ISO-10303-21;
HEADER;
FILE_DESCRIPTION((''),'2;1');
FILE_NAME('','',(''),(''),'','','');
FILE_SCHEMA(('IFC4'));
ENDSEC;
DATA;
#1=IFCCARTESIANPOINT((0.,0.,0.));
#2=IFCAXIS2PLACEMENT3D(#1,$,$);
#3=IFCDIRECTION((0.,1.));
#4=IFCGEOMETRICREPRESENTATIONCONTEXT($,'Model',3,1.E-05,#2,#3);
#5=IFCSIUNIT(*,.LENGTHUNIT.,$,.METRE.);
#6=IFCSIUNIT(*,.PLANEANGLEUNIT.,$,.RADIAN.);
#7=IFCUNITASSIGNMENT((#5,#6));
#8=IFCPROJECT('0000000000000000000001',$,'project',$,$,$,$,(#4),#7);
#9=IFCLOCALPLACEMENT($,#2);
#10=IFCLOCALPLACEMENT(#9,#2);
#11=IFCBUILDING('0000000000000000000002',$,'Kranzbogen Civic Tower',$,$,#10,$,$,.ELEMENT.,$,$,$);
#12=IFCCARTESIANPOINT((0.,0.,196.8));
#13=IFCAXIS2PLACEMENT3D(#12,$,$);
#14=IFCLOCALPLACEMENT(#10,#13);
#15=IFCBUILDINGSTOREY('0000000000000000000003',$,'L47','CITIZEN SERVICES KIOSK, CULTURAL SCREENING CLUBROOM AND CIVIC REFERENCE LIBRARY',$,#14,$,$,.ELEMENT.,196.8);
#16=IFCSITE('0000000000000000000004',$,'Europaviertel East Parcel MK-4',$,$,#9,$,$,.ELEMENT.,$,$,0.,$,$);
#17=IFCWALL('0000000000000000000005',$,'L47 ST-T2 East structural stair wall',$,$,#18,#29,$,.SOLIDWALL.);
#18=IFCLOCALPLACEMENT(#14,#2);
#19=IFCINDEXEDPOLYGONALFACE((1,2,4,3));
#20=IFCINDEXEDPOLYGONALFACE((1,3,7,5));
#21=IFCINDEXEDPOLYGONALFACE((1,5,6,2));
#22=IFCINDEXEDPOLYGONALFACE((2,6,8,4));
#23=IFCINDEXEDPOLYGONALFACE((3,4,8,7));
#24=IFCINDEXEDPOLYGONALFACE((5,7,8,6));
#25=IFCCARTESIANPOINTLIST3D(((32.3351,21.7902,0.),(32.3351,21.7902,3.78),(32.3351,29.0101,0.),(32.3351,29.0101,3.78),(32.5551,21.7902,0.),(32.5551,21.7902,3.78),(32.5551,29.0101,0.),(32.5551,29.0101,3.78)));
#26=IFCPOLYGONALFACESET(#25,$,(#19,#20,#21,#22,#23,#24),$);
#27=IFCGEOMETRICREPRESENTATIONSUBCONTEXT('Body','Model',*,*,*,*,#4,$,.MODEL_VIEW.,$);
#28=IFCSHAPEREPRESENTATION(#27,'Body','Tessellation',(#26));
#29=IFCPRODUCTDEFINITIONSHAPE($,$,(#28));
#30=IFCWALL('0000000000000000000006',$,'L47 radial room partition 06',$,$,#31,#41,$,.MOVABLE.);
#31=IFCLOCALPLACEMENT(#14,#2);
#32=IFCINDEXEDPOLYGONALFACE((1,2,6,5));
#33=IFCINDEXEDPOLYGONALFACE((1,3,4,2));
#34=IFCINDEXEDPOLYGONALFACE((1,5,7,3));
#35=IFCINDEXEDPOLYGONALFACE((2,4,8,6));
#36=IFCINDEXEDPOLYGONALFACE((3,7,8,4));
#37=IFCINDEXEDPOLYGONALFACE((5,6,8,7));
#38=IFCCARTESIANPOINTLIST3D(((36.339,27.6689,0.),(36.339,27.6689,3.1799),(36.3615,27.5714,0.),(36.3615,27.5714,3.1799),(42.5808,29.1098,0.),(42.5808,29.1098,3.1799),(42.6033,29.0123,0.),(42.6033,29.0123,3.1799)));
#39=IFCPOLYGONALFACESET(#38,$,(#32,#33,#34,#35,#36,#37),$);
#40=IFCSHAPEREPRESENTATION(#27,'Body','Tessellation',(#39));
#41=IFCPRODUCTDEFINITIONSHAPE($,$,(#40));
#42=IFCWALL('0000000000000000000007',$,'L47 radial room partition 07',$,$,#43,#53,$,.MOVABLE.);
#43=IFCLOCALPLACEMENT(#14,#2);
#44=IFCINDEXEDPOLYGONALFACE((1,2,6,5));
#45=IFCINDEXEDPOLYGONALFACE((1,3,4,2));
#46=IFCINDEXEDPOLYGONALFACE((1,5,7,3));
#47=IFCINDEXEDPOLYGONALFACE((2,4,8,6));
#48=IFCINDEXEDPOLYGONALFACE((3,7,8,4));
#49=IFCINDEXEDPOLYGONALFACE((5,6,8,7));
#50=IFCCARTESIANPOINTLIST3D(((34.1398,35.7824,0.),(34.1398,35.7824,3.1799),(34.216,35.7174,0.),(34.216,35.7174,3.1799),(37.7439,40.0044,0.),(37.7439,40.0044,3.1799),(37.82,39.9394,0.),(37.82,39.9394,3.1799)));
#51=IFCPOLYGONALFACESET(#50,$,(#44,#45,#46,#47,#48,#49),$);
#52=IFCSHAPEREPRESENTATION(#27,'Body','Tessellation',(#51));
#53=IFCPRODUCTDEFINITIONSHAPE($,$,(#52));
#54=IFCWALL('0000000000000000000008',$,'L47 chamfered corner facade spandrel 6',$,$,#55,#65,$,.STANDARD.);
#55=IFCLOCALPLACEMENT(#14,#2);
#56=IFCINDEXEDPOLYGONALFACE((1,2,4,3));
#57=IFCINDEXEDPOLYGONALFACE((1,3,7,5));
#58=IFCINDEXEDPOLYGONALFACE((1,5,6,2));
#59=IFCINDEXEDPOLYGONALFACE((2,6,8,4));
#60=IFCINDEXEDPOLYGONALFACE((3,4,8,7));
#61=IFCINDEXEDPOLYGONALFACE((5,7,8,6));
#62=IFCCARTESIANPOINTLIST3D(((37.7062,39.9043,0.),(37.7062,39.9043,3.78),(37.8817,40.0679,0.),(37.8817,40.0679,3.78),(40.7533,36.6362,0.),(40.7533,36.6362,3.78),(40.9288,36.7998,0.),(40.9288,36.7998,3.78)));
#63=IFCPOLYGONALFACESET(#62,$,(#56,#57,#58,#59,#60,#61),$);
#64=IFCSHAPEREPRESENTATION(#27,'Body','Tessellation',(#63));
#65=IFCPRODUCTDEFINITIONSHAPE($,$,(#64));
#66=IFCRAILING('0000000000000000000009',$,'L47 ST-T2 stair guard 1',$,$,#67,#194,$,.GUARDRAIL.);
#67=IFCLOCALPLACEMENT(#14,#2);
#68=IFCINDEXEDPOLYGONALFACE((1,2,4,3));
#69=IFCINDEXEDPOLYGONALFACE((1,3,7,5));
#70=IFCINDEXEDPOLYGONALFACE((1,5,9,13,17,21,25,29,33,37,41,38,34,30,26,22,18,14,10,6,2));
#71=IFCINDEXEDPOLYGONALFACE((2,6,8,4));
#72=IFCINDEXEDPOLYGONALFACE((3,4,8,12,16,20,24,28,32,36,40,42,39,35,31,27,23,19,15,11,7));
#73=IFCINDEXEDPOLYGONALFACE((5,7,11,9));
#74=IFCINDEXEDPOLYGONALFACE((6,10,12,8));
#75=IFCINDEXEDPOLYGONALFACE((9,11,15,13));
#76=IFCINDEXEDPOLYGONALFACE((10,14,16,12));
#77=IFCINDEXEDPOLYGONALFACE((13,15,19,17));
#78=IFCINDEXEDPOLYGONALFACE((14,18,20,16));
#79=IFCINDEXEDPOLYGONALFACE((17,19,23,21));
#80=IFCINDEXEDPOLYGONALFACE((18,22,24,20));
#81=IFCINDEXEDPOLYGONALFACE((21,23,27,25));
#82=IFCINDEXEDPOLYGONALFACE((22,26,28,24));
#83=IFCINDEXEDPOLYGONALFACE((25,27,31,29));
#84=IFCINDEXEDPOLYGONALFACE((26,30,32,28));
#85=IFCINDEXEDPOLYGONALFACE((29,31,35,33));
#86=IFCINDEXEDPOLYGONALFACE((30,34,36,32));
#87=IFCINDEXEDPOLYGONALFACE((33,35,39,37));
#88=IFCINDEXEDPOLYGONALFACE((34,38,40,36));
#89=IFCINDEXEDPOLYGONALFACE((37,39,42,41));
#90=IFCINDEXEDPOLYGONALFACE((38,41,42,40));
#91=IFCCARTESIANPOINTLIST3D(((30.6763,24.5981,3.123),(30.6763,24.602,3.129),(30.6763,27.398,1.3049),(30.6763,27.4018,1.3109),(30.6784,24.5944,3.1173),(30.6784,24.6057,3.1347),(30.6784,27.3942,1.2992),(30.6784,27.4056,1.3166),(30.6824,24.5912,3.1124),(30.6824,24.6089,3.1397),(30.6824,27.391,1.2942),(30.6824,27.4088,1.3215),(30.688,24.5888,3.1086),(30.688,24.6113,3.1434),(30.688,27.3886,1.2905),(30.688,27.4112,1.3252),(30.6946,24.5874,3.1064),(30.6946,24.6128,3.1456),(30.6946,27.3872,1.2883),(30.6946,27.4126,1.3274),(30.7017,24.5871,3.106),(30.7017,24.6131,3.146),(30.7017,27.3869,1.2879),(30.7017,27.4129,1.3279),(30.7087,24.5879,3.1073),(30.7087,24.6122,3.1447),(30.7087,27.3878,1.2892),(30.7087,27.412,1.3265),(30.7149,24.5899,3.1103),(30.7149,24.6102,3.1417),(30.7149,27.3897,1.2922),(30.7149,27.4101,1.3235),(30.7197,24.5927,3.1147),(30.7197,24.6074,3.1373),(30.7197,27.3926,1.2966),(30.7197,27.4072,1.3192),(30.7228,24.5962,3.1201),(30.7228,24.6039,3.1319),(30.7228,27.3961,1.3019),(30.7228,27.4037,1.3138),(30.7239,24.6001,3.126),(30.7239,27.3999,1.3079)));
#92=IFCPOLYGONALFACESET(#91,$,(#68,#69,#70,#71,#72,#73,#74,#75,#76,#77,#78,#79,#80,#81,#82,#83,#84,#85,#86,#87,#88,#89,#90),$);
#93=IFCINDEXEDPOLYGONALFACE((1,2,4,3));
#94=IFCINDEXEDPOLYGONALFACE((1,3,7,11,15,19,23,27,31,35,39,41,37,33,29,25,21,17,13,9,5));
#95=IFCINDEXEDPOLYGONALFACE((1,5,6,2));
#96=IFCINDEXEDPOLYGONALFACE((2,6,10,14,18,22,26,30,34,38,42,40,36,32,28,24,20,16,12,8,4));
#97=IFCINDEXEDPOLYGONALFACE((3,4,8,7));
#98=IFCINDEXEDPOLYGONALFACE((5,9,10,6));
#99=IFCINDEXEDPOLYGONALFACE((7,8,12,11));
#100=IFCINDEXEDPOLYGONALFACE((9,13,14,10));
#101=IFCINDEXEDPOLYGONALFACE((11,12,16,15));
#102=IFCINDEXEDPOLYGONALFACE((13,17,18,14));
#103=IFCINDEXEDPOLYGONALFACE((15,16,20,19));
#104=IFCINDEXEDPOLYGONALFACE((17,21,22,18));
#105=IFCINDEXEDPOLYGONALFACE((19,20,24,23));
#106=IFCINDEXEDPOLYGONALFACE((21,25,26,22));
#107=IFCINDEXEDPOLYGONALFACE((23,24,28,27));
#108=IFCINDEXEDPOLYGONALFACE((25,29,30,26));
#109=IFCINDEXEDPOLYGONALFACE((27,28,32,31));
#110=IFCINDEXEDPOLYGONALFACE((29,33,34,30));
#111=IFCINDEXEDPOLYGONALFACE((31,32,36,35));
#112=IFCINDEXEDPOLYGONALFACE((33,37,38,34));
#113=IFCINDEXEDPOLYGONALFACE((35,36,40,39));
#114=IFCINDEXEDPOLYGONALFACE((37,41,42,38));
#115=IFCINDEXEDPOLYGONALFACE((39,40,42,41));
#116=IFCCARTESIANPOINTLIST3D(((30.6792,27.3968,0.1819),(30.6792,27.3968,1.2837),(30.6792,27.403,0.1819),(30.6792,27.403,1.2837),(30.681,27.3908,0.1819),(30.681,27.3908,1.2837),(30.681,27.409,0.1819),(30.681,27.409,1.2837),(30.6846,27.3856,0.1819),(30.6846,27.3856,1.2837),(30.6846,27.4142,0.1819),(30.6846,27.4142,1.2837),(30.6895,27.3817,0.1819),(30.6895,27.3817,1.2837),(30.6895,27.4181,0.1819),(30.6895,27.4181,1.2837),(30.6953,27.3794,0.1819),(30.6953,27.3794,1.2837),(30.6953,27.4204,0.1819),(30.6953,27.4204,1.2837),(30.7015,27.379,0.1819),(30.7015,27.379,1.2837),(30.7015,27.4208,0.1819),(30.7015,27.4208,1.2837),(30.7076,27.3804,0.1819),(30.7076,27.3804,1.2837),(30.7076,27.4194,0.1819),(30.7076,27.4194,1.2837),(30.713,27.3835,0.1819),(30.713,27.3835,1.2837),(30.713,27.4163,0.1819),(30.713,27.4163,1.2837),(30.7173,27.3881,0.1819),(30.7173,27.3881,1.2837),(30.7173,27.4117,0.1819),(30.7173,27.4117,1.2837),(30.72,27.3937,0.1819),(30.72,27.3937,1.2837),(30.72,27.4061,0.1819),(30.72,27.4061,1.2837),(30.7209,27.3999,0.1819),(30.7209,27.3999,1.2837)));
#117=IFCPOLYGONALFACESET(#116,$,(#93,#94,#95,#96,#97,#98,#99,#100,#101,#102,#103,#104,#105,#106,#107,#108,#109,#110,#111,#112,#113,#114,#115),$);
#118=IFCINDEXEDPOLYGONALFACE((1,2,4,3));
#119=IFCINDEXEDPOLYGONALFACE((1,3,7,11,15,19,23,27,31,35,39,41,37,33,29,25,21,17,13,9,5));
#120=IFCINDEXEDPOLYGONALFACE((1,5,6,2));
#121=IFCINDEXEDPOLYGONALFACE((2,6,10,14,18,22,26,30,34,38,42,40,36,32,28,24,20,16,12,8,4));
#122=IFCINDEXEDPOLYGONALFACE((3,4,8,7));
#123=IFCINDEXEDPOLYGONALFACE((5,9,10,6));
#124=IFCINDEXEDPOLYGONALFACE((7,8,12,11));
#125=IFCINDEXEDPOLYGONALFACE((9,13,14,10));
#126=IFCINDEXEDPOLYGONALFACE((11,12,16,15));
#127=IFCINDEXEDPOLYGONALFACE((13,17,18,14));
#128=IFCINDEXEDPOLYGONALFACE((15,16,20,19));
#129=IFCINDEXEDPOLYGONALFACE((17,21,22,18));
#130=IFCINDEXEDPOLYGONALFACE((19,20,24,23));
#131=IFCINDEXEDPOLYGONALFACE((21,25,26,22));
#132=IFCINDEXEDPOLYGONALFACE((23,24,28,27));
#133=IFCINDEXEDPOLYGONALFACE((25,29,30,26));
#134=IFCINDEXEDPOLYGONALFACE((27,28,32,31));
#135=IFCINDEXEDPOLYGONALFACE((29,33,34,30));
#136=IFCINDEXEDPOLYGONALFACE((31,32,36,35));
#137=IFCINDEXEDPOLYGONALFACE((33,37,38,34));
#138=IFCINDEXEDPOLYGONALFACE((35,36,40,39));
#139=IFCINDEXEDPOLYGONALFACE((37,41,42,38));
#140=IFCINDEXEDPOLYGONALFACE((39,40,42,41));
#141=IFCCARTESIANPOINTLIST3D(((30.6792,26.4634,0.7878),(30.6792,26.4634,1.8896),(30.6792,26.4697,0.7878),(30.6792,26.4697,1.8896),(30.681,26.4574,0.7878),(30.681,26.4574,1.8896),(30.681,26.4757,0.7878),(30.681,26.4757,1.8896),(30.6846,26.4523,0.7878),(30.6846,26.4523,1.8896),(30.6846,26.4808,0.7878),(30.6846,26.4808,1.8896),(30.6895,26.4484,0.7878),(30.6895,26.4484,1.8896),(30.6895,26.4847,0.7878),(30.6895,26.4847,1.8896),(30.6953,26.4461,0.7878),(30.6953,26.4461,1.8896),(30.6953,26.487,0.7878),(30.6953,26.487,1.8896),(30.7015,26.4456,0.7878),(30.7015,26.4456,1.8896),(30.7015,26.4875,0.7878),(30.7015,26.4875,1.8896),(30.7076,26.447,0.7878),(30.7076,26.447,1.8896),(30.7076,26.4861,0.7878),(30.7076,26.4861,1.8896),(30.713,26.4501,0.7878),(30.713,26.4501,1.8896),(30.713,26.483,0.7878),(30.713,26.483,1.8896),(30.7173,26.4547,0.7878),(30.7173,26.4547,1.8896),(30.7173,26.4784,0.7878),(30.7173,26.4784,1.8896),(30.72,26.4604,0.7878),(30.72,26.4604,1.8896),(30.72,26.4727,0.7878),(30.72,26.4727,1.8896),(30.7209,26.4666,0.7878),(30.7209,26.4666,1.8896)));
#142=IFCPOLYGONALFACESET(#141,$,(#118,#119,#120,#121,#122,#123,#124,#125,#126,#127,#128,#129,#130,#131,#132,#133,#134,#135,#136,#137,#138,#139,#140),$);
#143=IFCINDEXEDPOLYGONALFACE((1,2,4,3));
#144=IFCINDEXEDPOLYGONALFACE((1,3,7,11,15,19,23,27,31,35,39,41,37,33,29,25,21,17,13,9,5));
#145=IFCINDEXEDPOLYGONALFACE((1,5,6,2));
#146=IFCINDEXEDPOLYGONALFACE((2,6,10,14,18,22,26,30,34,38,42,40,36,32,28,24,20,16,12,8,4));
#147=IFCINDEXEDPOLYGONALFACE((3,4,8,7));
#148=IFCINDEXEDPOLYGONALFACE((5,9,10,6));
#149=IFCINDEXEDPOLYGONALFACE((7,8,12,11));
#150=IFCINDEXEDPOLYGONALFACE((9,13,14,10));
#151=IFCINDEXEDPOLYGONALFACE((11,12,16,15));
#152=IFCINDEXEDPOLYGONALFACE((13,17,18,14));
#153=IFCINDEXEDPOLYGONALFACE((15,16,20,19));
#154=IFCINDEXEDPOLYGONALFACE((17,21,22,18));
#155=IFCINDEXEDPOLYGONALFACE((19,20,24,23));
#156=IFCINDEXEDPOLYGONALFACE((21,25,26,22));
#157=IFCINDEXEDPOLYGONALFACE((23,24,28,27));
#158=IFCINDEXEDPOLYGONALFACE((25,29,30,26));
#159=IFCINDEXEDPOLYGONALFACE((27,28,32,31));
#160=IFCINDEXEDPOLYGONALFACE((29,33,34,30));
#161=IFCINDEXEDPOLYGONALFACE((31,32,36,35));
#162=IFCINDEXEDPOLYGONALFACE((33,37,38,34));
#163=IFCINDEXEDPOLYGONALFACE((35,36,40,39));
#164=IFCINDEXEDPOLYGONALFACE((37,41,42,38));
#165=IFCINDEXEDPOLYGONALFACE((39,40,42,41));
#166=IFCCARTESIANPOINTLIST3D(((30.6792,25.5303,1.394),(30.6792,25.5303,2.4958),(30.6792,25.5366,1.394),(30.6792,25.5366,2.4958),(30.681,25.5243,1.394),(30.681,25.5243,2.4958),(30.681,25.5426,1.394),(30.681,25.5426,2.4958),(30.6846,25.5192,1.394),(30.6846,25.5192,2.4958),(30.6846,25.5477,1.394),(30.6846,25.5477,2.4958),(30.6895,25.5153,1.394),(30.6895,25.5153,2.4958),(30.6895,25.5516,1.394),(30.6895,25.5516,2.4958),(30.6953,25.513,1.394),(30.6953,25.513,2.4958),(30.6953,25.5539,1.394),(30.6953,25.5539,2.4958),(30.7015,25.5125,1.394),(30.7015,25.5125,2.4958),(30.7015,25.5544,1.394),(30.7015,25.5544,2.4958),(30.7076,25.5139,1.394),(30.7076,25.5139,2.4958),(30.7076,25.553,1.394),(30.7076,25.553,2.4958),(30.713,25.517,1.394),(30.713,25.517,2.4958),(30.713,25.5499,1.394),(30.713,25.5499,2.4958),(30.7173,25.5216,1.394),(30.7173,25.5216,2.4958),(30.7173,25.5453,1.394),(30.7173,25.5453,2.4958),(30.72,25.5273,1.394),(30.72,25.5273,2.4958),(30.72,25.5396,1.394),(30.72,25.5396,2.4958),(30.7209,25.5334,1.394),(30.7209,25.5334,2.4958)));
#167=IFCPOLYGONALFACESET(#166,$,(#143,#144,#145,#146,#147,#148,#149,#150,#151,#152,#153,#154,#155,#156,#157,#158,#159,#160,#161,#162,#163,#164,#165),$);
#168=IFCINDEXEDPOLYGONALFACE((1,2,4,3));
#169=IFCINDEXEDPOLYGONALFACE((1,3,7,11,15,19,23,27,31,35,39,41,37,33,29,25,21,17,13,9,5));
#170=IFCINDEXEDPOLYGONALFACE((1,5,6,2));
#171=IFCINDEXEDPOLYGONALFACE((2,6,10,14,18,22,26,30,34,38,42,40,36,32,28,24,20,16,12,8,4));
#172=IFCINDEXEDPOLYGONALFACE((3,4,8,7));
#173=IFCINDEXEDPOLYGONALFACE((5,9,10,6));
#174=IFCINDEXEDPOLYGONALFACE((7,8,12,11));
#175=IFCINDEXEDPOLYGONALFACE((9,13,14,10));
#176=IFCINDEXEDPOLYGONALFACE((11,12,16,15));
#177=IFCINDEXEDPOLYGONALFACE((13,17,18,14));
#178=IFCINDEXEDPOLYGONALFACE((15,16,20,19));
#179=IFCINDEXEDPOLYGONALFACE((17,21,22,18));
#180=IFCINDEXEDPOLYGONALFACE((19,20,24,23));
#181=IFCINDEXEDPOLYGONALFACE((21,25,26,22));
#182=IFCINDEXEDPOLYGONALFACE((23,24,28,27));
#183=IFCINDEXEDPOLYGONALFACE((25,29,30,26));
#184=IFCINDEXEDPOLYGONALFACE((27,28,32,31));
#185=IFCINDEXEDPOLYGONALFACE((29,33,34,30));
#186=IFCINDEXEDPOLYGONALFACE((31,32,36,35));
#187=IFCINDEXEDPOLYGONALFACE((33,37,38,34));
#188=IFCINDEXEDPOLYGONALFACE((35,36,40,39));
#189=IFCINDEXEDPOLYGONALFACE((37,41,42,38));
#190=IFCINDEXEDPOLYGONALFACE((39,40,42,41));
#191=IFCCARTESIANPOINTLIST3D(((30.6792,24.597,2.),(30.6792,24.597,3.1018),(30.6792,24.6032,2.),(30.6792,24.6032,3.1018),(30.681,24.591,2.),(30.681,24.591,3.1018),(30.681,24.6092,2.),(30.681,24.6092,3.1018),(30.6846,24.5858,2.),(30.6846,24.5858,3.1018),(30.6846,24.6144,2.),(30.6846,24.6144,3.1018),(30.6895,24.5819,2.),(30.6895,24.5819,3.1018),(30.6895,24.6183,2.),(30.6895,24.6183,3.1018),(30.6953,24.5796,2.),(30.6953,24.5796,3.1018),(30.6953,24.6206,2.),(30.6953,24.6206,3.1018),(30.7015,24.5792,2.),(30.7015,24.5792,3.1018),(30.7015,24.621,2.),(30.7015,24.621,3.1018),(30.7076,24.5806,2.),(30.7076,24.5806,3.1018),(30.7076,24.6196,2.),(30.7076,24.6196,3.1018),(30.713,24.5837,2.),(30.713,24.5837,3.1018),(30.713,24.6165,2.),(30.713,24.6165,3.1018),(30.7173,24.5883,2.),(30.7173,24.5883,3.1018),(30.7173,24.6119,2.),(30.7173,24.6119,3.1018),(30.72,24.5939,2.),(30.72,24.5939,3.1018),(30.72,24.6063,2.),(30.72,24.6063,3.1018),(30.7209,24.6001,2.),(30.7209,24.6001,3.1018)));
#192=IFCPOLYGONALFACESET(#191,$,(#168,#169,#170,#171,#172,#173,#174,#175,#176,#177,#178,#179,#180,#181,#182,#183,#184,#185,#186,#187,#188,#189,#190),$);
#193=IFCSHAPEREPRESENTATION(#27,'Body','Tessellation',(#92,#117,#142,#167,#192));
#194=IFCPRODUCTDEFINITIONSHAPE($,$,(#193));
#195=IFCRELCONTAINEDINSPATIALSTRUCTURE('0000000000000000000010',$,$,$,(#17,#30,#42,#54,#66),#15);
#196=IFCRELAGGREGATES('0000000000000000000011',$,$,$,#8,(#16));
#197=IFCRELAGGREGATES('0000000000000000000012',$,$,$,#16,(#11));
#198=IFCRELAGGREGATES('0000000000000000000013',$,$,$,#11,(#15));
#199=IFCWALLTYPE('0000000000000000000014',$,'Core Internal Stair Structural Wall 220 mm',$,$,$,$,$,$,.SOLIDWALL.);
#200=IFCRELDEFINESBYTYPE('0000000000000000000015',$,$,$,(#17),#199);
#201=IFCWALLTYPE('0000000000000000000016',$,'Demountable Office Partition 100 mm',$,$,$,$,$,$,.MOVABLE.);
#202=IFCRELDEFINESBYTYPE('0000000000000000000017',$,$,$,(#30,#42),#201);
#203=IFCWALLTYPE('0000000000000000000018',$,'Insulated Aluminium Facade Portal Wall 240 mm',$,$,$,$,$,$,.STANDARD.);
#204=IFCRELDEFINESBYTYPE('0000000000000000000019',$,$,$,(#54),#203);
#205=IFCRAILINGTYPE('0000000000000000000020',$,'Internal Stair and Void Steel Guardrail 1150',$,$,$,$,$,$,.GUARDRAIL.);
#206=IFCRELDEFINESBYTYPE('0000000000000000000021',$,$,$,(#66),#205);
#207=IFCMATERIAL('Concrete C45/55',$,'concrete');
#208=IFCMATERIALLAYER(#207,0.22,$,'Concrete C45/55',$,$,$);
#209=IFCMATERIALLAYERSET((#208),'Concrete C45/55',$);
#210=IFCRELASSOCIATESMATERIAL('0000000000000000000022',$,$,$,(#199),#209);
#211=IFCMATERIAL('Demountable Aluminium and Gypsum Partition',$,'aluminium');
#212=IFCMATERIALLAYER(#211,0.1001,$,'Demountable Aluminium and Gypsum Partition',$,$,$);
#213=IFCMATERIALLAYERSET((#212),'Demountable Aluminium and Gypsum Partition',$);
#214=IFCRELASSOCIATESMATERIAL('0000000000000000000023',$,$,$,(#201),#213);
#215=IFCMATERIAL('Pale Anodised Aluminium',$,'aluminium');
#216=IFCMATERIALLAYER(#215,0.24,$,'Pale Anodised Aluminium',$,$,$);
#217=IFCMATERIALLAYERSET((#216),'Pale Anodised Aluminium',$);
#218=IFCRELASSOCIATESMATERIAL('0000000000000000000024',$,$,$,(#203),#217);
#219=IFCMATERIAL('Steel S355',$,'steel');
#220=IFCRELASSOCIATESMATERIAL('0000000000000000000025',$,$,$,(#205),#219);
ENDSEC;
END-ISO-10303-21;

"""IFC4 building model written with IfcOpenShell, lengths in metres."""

from ifc_helpers import new_model, si_unit, direction, frame, frame_2d, origin, origin_2d, place, context, subcontext, project, spatial, rectangle, circle, extrude, material, layer, layer_set, type_object, element, save


model = new_model("IFC4")

# Units and contexts
model_context = context("Model", 3, precision=1e-05, world=origin(), true_north=direction((0.0, 1.0)))
body_context = subcontext(model_context, "Body", "Model", "MODEL_VIEW")
ifc_project = project(units=[si_unit("LENGTHUNIT", "METRE"), si_unit("PLANEANGLEUNIT", "RADIAN")], contexts=[model_context])

# Site, building, storey
site_placement = place(None, origin())
site = spatial("IfcSite", under=ifc_project, at=site_placement, Name="Europaviertel East Parcel MK-4", CompositionType="ELEMENT", RefElevation=0.0)
building_placement = place(site_placement, origin())
building = spatial("IfcBuilding", under=site, at=building_placement, Name="Kranzbogen Civic Tower", CompositionType="ELEMENT")
storey_placement = place(building_placement, frame((0.0, 0.0, 196.8)))
storey = spatial("IfcBuildingStorey", under=building, at=storey_placement, Name="L47", Description="CITIZEN SERVICES KIOSK, CULTURAL SCREENING CLUBROOM AND CIVIC REFERENCE LIBRARY", CompositionType="ELEMENT", Elevation=196.8)

# Shared definitions
ifc_material_1 = material(Name="Steel S355", Category="steel")

# Shared definitions
ifc_material_2 = material(Name="Pale Anodised Aluminium", Category="aluminium")

# Shared definitions
ifc_material_3 = material(Name="Concrete C45/55", Category="concrete")

# Walls
ifc_layer_1 = layer(ifc_material_3, 0.22, Name="Concrete C45/55")
ifc_layer_set_1 = layer_set([ifc_layer_1], Name="Concrete C45/55")
wall_type_1 = type_object("IfcWallType", Name="Core Internal Stair Structural Wall 220 mm", PredefinedType="SOLIDWALL", material=ifc_layer_set_1)
wall_1_placement = place(storey_placement, frame((32.4451, 29.01, 0.0), z_axis=(0.0, 0.0, 1.0), x_axis=(0.0, -1.0, 0.0)))
element("IfcWall", 1, at=wall_1_placement, inside=storey, type_object=wall_type_1, Name="L47 ST-T2 East structural stair wall", PredefinedType="SOLIDWALL", context=body_context, shape_type="SweptSolid", body=[
    extrude(rectangle(XDim=7.22, YDim=0.22, at=frame_2d((3.6099, 0.0))), origin(), (0.0, 0.0, 1.0), 3.78),
])
ifc_material_4 = material(Name="Demountable Aluminium and Gypsum Partition", Category="aluminium")
ifc_layer_2 = layer(ifc_material_4, 0.1001, Name="Demountable Aluminium and Gypsum Partition")
ifc_layer_set_2 = layer_set([ifc_layer_2], Name="Demountable Aluminium and Gypsum Partition")
wall_type_2 = type_object("IfcWallType", Name="Demountable Office Partition 100 mm", PredefinedType="MOVABLE", material=ifc_layer_set_2)
wall_2_placement = place(storey_placement, frame((36.3501, 27.6201, 0.0), z_axis=(0.0, 0.0, 1.0), x_axis=(0.974375, 0.224929, 0.0)))
element("IfcWall", 2, at=wall_2_placement, inside=storey, type_object=wall_type_2, Name="L47 radial room partition 06", PredefinedType="MOVABLE", context=body_context, shape_type="SweptSolid", body=[
    extrude(rectangle(XDim=6.406, YDim=0.1001, at=frame_2d((3.2031, 0.0))), origin(), (0.0, 0.0, 1.0), 3.1799),
])
wall_3_placement = place(storey_placement, frame((34.178, 35.75, 0.0), z_axis=(0.0, 0.0, 1.0), x_axis=(0.649254, 0.760571, 0.0)))
element("IfcWall", 3, at=wall_3_placement, inside=storey, type_object=wall_type_2, Name="L47 radial room partition 07", PredefinedType="MOVABLE", context=body_context, shape_type="SweptSolid", body=[
    extrude(rectangle(XDim=5.551, YDim=0.1001, at=frame_2d((2.7754, 0.0))), origin(), (0.0, 0.0, 1.0), 3.1799),
])
ifc_layer_3 = layer(ifc_material_2, 0.24, Name="Pale Anodised Aluminium")
ifc_layer_set_3 = layer_set([ifc_layer_3], Name="Pale Anodised Aluminium")
wall_type_3 = type_object("IfcWallType", Name="Insulated Aluminium Facade Portal Wall 240 mm", PredefinedType="STANDARD", material=ifc_layer_set_3)
wall_4_placement = place(storey_placement, frame((40.8411, 36.718, 0.0), z_axis=(0.0, 0.0, 1.0), x_axis=(-0.68195, 0.731399, 0.0)))
element("IfcWall", 4, at=wall_4_placement, inside=storey, type_object=wall_type_3, Name="L47 chamfered corner facade spandrel 6", PredefinedType="STANDARD", context=body_context, shape_type="SweptSolid", body=[
    extrude(rectangle(XDim=4.4683, YDim=0.24, at=frame_2d((2.2341, 0.0))), origin(), (0.0, 0.0, 1.0), 3.78),
])

# Railing
railing_type = type_object("IfcRailingType", Name="Internal Stair and Void Steel Guardrail 1150", PredefinedType="GUARDRAIL", material=ifc_material_1)
railing_1_placement = place(storey_placement, frame((30.7, 27.3999, 0.1819)))
element("IfcRailing", 5, at=railing_1_placement, inside=storey, type_object=railing_type, Name="L47 ST-T2 stair guard 1", PredefinedType="GUARDRAIL", context=body_context, shape_type="SweptSolid", body=[
    extrude(circle(Radius=0.0239, at=origin_2d()), frame((0.0, 0.0, 1.126), z_axis=(0.0, -0.838684, 0.544618), x_axis=(1.0, 0.0, 0.0)), (0.0, 0.0, 1.0), 3.3384),
    extrude(circle(Radius=0.021, at=origin_2d()), origin(), (0.0, 0.0, 1.0), 1.1018),
    extrude(circle(Radius=0.021, at=origin_2d()), frame((0.0, -0.9333, 0.606)), (0.0, 0.0, 1.0), 1.1018),
    extrude(circle(Radius=0.021, at=origin_2d()), frame((0.0, -1.8665, 1.2122)), (0.0, 0.0, 1.0), 1.1018),
    extrude(circle(Radius=0.021, at=origin_2d()), frame((0.0, -2.7998, 1.8181)), (0.0, 0.0, 1.0), 1.1018),
])

save(model, "model.ifc")
